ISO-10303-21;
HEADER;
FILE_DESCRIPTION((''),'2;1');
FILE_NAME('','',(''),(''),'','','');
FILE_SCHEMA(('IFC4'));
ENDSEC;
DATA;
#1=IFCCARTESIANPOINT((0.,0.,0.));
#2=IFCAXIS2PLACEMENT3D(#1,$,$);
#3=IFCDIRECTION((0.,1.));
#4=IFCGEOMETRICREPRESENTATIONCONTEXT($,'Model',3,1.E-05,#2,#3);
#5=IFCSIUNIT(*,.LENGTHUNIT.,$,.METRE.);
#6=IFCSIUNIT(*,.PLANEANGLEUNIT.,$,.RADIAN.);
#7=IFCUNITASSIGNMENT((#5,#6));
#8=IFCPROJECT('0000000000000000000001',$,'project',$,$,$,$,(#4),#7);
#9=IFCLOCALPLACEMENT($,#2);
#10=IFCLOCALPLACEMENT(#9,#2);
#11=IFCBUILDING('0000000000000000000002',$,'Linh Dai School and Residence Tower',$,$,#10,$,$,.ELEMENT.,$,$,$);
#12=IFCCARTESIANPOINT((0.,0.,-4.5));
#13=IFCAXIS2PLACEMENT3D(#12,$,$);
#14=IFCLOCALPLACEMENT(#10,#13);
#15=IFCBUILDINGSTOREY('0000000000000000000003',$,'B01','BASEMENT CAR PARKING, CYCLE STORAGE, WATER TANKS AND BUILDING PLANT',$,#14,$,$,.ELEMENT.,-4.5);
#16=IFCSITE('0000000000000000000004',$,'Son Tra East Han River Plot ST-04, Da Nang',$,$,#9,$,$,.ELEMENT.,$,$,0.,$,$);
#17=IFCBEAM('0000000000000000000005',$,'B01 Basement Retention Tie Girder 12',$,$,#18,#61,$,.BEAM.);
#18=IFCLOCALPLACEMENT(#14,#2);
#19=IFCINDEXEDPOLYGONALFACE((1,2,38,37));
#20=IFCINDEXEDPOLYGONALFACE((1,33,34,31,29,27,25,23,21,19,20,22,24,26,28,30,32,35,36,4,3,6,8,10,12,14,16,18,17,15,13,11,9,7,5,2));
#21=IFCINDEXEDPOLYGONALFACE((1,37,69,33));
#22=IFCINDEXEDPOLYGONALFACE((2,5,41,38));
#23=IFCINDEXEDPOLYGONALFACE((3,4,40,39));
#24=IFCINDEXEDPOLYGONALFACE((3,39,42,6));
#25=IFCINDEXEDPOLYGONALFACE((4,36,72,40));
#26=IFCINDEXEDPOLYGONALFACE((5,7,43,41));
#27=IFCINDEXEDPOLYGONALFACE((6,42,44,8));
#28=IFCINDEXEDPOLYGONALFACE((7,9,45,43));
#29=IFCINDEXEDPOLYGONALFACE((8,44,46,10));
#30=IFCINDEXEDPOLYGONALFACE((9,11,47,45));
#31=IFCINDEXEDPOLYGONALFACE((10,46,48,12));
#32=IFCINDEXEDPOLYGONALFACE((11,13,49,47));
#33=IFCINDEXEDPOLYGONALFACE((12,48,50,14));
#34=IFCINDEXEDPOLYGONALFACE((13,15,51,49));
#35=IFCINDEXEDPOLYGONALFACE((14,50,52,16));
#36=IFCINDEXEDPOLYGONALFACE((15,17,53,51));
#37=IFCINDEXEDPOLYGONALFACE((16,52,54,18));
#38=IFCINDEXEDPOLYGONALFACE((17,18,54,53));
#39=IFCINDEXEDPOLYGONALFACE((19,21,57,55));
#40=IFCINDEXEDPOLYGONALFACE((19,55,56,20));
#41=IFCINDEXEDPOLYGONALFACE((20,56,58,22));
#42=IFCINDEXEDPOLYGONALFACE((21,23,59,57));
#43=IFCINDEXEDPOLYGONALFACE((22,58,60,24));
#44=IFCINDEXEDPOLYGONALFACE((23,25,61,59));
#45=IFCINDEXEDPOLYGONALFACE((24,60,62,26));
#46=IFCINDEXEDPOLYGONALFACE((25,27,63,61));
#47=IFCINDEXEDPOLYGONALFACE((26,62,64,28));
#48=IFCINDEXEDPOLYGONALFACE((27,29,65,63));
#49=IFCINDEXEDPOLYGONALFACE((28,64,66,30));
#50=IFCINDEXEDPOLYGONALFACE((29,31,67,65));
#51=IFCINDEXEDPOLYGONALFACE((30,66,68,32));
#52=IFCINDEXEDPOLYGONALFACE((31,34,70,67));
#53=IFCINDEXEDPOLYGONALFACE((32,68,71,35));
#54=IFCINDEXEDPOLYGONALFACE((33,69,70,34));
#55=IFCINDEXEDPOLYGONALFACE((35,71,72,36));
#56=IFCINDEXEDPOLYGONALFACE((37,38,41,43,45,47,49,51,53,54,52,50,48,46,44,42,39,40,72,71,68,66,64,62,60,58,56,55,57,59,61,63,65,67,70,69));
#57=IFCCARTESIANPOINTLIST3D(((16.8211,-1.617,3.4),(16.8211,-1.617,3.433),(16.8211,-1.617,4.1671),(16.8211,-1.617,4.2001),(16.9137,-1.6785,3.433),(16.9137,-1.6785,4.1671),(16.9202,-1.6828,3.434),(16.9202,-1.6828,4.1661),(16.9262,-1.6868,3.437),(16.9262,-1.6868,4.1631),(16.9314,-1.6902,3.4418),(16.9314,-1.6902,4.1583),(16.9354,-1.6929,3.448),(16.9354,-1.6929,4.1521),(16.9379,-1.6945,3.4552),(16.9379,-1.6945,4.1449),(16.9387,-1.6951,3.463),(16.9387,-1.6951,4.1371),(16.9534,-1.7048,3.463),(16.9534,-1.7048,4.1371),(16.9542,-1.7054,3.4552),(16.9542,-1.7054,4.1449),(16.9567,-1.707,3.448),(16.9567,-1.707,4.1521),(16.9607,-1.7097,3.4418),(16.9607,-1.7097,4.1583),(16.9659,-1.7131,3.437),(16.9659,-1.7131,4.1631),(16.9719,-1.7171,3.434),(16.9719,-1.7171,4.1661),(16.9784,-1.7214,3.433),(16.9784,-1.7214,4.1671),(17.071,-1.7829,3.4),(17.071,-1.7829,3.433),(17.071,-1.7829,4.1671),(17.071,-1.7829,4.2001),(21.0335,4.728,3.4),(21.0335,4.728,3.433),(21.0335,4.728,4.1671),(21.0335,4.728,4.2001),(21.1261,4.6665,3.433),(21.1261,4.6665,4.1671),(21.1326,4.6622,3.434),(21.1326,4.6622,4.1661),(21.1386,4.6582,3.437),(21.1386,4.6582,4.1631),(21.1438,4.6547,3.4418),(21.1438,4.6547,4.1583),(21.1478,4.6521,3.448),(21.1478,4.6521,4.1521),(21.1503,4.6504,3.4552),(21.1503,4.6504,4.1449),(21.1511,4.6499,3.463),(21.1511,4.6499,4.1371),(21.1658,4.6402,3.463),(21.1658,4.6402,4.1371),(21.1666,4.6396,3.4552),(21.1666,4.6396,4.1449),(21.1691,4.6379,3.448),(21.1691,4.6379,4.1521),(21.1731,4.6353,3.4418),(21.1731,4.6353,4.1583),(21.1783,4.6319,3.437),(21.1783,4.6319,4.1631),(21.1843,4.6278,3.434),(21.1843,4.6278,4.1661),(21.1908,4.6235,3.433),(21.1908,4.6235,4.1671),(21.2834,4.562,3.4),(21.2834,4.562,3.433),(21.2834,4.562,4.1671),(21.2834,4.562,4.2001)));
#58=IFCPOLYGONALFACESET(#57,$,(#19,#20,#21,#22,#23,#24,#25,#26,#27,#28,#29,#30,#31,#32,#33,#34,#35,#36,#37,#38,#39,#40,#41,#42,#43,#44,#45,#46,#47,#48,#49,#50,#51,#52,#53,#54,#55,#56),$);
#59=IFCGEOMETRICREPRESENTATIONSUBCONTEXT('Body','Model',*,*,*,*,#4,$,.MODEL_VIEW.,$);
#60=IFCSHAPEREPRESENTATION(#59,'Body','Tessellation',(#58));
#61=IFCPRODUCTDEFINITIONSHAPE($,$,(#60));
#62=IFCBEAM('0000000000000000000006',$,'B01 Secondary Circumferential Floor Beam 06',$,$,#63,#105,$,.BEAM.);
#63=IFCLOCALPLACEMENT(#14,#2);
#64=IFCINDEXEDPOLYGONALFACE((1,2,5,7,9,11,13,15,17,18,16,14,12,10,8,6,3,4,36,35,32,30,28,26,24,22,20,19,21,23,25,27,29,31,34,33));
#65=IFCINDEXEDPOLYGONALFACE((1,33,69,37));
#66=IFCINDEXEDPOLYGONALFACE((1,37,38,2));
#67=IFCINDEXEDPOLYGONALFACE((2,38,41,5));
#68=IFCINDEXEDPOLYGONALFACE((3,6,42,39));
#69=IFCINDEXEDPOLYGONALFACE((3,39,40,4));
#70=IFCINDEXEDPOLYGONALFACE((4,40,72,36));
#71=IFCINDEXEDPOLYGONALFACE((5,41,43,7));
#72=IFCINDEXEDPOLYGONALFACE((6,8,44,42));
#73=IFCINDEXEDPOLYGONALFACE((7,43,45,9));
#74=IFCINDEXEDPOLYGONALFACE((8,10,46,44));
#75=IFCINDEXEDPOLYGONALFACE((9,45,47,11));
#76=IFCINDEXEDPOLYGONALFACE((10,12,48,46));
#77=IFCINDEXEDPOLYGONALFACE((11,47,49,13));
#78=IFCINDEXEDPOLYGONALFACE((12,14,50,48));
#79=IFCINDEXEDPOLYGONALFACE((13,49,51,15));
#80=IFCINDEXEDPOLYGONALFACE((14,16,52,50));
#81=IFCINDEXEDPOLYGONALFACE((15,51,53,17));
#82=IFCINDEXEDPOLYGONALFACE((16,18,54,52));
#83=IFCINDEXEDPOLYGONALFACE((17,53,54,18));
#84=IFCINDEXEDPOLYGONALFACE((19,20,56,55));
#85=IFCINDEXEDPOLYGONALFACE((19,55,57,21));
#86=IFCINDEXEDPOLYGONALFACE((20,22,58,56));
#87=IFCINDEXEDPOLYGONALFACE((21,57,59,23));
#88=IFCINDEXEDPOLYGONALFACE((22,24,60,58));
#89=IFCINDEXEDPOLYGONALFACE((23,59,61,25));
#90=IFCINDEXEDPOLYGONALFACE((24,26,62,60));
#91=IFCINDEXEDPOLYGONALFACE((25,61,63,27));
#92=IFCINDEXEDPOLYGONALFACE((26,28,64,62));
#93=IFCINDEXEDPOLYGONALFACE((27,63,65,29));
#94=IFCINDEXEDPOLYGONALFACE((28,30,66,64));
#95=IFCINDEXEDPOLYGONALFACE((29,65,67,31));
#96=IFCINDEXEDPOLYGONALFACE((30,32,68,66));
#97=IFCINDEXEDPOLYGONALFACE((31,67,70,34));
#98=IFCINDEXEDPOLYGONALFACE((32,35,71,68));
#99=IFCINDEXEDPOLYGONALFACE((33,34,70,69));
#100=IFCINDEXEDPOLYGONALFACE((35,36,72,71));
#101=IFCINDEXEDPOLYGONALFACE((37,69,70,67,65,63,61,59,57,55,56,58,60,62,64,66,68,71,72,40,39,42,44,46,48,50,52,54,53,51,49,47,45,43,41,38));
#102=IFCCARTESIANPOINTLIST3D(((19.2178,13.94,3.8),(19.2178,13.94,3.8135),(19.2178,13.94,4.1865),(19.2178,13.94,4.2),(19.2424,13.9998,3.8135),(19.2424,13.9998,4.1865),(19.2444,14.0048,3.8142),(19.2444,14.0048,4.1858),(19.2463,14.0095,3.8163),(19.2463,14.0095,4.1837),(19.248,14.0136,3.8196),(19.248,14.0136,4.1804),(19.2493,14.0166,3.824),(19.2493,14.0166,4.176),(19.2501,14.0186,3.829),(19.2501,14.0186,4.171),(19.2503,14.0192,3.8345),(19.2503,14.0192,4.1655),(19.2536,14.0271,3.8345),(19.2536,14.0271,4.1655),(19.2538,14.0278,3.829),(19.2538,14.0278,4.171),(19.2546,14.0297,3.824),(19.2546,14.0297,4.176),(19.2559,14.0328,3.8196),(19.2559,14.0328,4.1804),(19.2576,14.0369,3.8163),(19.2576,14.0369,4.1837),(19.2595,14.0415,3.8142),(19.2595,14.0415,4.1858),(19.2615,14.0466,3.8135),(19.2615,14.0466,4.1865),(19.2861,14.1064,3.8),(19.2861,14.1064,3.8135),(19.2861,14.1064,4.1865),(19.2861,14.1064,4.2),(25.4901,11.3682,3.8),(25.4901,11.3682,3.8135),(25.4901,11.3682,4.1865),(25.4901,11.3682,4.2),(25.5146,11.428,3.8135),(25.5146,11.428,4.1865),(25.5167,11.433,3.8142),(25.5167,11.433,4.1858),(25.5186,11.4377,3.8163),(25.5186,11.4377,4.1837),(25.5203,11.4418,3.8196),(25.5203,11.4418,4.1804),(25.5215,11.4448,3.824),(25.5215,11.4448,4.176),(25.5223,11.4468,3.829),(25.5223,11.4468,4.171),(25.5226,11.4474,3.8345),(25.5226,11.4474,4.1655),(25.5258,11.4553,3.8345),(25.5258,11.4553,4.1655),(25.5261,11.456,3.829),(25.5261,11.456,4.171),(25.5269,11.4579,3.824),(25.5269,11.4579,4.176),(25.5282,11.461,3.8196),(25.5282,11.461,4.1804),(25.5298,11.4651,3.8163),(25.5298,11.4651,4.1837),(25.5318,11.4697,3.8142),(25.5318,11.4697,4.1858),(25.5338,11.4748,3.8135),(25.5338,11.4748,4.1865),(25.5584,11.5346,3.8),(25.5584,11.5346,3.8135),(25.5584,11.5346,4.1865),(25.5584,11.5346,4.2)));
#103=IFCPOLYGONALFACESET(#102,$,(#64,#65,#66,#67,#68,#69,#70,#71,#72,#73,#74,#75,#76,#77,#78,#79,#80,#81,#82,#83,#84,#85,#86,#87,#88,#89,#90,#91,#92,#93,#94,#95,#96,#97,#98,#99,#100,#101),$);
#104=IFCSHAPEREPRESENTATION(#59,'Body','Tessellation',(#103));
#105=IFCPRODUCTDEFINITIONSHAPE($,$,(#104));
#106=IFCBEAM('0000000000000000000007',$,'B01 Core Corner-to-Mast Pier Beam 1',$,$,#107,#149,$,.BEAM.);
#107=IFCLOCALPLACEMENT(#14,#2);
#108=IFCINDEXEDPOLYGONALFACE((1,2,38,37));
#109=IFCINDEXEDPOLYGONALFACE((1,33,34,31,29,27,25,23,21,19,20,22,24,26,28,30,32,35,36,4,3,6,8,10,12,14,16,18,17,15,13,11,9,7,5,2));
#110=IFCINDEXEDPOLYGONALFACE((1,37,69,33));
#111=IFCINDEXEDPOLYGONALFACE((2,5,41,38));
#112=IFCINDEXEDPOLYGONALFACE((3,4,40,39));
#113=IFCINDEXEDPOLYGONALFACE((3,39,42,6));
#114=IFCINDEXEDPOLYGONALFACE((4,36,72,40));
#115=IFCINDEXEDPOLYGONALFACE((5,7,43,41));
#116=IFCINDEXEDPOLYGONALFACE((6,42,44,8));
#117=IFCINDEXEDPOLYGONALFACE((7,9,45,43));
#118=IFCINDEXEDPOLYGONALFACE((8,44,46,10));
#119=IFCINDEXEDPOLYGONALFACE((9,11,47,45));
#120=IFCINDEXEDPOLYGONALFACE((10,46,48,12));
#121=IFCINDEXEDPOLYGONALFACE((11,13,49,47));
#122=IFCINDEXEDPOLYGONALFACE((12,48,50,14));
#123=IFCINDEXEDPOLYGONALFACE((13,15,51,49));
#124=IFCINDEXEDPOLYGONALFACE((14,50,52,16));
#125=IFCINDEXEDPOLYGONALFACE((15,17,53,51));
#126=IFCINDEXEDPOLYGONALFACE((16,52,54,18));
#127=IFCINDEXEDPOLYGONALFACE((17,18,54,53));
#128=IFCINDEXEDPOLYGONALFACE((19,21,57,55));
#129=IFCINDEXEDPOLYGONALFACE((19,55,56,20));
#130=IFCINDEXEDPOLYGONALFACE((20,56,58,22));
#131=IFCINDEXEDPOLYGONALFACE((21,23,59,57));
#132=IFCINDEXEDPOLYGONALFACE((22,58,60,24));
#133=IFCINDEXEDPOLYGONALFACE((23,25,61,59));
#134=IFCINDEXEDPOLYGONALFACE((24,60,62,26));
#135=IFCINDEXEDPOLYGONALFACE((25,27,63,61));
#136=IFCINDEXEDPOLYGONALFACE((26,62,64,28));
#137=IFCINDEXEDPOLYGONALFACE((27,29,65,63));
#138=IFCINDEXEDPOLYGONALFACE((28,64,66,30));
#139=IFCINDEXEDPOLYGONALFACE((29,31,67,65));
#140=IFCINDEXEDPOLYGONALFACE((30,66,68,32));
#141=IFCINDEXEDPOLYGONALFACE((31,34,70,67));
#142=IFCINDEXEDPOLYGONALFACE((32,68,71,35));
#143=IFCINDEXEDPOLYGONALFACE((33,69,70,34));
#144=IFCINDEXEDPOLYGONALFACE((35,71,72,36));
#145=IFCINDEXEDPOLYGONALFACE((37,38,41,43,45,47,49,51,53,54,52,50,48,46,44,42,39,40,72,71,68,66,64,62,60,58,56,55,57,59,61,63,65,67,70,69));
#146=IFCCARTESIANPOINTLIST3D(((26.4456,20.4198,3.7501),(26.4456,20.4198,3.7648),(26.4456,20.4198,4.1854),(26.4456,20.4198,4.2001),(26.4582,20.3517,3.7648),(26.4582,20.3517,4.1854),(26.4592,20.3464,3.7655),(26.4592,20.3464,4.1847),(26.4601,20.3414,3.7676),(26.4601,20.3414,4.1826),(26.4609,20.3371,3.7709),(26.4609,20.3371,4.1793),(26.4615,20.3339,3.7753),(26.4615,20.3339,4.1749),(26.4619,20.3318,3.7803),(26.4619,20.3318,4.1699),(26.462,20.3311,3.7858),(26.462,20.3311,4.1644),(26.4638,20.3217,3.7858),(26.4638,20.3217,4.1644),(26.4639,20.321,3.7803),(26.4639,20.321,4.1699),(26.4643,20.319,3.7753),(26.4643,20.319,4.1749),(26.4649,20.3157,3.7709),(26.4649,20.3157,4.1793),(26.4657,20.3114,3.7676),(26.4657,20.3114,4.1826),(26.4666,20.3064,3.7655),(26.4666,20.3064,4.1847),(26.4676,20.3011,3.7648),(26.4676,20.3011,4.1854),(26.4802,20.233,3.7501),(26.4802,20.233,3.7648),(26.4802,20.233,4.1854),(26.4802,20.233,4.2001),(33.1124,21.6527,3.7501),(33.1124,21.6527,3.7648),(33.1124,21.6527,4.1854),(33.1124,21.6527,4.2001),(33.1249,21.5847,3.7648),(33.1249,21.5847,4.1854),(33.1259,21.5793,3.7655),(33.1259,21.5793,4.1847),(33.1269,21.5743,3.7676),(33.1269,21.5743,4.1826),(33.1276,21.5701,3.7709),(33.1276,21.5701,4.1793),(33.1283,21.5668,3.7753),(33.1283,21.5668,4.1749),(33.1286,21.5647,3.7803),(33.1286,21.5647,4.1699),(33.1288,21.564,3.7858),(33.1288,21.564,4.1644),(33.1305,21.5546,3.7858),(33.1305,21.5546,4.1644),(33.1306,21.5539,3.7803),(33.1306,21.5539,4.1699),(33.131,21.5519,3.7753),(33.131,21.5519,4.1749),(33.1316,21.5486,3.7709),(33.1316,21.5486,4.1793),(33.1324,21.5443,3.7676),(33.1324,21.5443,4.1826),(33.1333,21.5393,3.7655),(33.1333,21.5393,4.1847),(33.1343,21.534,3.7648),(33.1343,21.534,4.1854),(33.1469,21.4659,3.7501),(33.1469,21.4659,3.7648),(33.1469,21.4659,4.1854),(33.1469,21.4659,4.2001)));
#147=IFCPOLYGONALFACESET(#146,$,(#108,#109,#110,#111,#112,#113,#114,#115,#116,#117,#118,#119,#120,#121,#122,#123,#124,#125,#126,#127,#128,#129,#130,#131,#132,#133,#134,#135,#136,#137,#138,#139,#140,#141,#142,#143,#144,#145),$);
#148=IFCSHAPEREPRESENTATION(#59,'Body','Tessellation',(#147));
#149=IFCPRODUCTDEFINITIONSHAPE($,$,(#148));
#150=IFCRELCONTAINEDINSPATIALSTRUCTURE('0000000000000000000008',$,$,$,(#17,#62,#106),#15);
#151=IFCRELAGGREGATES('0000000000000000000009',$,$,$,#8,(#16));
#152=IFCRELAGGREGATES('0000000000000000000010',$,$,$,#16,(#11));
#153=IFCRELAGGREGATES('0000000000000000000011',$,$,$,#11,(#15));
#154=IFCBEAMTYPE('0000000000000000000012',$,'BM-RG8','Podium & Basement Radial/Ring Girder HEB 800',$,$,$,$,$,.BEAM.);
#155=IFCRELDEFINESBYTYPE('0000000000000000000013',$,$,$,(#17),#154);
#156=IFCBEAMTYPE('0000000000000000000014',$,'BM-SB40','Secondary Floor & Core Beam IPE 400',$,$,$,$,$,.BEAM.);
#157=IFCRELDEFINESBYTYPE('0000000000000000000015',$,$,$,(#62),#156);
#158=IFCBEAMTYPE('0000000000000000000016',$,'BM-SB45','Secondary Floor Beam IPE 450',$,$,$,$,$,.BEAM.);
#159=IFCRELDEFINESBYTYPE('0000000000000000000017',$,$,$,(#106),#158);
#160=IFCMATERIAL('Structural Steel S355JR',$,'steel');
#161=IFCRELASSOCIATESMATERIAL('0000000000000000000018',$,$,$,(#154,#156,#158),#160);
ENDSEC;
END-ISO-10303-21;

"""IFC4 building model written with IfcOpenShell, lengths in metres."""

from ifc_helpers import new_model, si_unit, direction, frame, origin, origin_2d, place, context, subcontext, project, spatial, i_section, extrude, material, material_profile, profile_set, type_object, element, save


model = new_model("IFC4")

# Units and contexts
model_context = context("Model", 3, precision=1e-05, world=origin(), true_north=direction((0.0, 1.0)))
body_context = subcontext(model_context, "Body", "Model", "MODEL_VIEW")
ifc_project = project(units=[si_unit("LENGTHUNIT", "METRE"), si_unit("PLANEANGLEUNIT", "RADIAN")], contexts=[model_context])

# Site, building, storey
site_placement = place(None, origin())
site = spatial("IfcSite", under=ifc_project, at=site_placement, Name="Son Tra East Han River Plot ST-04, Da Nang", CompositionType="ELEMENT", RefElevation=0.0)
building_placement = place(site_placement, origin())
building = spatial("IfcBuilding", under=site, at=building_placement, Name="Linh Dai School and Residence Tower", CompositionType="ELEMENT")
storey_placement = place(building_placement, frame((0.0, 0.0, -4.5)))
storey = spatial("IfcBuildingStorey", under=building, at=storey_placement, Name="B01", Description="BASEMENT CAR PARKING, CYCLE STORAGE, WATER TANKS AND BUILDING PLANT", CompositionType="ELEMENT", Elevation=-4.5)

# Shared definitions
ifc_material_1 = material(Name="Structural Steel S355JR", Category="steel")

# Beams
ifc_material_profile_1 = material_profile(ifc_material_1, i_section(OverallWidth=0.3, OverallDepth=0.8, WebThickness=0.0176, FlangeThickness=0.033, FilletRadius=0.03, at=origin_2d()), Name="HEB 800")
ifc_profile_set_1 = profile_set([ifc_material_profile_1], Name="Structural Steel S355JR")
beam_type_1 = type_object("IfcBeamType", Name="BM-RG8", Description="Podium & Basement Radial/Ring Girder HEB 800", PredefinedType="BEAM", material=ifc_profile_set_1)
beam_1_placement = place(storey_placement, frame((21.1584, 4.645, 3.8), z_axis=(-0.553101, -0.833114, 0.0), x_axis=(0.833114, -0.553101, 0.0)))
element("IfcBeam", 1, at=beam_1_placement, inside=storey, type_object=beam_type_1, Name="B01 Basement Retention Tie Girder 12", PredefinedType="BEAM", context=body_context, shape_type="SweptSolid", body=[
    extrude(i_section(OverallWidth=0.3, OverallDepth=0.8, WebThickness=0.0176, FlangeThickness=0.033, FilletRadius=0.03, at=origin_2d()), origin(), (0.0, 0.0, 1.0), 7.616),
])
ifc_material_profile_2 = material_profile(ifc_material_1, i_section(OverallWidth=0.1799, OverallDepth=0.3999, WebThickness=0.0085, FlangeThickness=0.0134, FilletRadius=0.021, at=origin_2d()), Name="IPE 400")
ifc_profile_set_2 = profile_set([ifc_material_profile_2], Name="Structural Steel S355JR")
beam_type_2 = type_object("IfcBeamType", Name="BM-SB40", Description="Secondary Floor & Core Beam IPE 400", PredefinedType="BEAM", material=ifc_profile_set_2)
beam_2_placement = place(storey_placement, frame((19.252, 14.0232, 4.0), z_axis=(0.925243, -0.379375, 0.0), x_axis=(0.379375, 0.925243, 0.0)))
element("IfcBeam", 2, at=beam_2_placement, inside=storey, type_object=beam_type_2, Name="B01 Secondary Circumferential Floor Beam 06", PredefinedType="BEAM", context=body_context, shape_type="SweptSolid", body=[
    extrude(i_section(OverallWidth=0.1799, OverallDepth=0.3999, WebThickness=0.0085, FlangeThickness=0.0134, FilletRadius=0.021, at=origin_2d()), origin(), (0.0, 0.0, 1.0), 6.7791),
])
ifc_material_profile_3 = material_profile(ifc_material_1, i_section(OverallWidth=0.1899, OverallDepth=0.45, WebThickness=0.0095, FlangeThickness=0.0146, FilletRadius=0.021, at=origin_2d()), Name="IPE 450")
ifc_profile_set_3 = profile_set([ifc_material_profile_3], Name="Structural Steel S355JR")
beam_type_3 = type_object("IfcBeamType", Name="BM-SB45", Description="Secondary Floor Beam IPE 450", PredefinedType="BEAM", material=ifc_profile_set_3)
beam_3_placement = place(storey_placement, frame((26.4629, 20.3264, 3.9751), z_axis=(0.983326, 0.181851, 0.0), x_axis=(-0.181851, 0.983326, 0.0)))
element("IfcBeam", 3, at=beam_3_placement, inside=storey, type_object=beam_type_3, Name="B01 Core Corner-to-Mast Pier Beam 1", PredefinedType="BEAM", context=body_context, shape_type="SweptSolid", body=[
    extrude(i_section(OverallWidth=0.1899, OverallDepth=0.45, WebThickness=0.0095, FlangeThickness=0.0146, FilletRadius=0.021, at=origin_2d()), origin(), (0.0, 0.0, 1.0), 6.7798),
])

save(model, "model.ifc")
